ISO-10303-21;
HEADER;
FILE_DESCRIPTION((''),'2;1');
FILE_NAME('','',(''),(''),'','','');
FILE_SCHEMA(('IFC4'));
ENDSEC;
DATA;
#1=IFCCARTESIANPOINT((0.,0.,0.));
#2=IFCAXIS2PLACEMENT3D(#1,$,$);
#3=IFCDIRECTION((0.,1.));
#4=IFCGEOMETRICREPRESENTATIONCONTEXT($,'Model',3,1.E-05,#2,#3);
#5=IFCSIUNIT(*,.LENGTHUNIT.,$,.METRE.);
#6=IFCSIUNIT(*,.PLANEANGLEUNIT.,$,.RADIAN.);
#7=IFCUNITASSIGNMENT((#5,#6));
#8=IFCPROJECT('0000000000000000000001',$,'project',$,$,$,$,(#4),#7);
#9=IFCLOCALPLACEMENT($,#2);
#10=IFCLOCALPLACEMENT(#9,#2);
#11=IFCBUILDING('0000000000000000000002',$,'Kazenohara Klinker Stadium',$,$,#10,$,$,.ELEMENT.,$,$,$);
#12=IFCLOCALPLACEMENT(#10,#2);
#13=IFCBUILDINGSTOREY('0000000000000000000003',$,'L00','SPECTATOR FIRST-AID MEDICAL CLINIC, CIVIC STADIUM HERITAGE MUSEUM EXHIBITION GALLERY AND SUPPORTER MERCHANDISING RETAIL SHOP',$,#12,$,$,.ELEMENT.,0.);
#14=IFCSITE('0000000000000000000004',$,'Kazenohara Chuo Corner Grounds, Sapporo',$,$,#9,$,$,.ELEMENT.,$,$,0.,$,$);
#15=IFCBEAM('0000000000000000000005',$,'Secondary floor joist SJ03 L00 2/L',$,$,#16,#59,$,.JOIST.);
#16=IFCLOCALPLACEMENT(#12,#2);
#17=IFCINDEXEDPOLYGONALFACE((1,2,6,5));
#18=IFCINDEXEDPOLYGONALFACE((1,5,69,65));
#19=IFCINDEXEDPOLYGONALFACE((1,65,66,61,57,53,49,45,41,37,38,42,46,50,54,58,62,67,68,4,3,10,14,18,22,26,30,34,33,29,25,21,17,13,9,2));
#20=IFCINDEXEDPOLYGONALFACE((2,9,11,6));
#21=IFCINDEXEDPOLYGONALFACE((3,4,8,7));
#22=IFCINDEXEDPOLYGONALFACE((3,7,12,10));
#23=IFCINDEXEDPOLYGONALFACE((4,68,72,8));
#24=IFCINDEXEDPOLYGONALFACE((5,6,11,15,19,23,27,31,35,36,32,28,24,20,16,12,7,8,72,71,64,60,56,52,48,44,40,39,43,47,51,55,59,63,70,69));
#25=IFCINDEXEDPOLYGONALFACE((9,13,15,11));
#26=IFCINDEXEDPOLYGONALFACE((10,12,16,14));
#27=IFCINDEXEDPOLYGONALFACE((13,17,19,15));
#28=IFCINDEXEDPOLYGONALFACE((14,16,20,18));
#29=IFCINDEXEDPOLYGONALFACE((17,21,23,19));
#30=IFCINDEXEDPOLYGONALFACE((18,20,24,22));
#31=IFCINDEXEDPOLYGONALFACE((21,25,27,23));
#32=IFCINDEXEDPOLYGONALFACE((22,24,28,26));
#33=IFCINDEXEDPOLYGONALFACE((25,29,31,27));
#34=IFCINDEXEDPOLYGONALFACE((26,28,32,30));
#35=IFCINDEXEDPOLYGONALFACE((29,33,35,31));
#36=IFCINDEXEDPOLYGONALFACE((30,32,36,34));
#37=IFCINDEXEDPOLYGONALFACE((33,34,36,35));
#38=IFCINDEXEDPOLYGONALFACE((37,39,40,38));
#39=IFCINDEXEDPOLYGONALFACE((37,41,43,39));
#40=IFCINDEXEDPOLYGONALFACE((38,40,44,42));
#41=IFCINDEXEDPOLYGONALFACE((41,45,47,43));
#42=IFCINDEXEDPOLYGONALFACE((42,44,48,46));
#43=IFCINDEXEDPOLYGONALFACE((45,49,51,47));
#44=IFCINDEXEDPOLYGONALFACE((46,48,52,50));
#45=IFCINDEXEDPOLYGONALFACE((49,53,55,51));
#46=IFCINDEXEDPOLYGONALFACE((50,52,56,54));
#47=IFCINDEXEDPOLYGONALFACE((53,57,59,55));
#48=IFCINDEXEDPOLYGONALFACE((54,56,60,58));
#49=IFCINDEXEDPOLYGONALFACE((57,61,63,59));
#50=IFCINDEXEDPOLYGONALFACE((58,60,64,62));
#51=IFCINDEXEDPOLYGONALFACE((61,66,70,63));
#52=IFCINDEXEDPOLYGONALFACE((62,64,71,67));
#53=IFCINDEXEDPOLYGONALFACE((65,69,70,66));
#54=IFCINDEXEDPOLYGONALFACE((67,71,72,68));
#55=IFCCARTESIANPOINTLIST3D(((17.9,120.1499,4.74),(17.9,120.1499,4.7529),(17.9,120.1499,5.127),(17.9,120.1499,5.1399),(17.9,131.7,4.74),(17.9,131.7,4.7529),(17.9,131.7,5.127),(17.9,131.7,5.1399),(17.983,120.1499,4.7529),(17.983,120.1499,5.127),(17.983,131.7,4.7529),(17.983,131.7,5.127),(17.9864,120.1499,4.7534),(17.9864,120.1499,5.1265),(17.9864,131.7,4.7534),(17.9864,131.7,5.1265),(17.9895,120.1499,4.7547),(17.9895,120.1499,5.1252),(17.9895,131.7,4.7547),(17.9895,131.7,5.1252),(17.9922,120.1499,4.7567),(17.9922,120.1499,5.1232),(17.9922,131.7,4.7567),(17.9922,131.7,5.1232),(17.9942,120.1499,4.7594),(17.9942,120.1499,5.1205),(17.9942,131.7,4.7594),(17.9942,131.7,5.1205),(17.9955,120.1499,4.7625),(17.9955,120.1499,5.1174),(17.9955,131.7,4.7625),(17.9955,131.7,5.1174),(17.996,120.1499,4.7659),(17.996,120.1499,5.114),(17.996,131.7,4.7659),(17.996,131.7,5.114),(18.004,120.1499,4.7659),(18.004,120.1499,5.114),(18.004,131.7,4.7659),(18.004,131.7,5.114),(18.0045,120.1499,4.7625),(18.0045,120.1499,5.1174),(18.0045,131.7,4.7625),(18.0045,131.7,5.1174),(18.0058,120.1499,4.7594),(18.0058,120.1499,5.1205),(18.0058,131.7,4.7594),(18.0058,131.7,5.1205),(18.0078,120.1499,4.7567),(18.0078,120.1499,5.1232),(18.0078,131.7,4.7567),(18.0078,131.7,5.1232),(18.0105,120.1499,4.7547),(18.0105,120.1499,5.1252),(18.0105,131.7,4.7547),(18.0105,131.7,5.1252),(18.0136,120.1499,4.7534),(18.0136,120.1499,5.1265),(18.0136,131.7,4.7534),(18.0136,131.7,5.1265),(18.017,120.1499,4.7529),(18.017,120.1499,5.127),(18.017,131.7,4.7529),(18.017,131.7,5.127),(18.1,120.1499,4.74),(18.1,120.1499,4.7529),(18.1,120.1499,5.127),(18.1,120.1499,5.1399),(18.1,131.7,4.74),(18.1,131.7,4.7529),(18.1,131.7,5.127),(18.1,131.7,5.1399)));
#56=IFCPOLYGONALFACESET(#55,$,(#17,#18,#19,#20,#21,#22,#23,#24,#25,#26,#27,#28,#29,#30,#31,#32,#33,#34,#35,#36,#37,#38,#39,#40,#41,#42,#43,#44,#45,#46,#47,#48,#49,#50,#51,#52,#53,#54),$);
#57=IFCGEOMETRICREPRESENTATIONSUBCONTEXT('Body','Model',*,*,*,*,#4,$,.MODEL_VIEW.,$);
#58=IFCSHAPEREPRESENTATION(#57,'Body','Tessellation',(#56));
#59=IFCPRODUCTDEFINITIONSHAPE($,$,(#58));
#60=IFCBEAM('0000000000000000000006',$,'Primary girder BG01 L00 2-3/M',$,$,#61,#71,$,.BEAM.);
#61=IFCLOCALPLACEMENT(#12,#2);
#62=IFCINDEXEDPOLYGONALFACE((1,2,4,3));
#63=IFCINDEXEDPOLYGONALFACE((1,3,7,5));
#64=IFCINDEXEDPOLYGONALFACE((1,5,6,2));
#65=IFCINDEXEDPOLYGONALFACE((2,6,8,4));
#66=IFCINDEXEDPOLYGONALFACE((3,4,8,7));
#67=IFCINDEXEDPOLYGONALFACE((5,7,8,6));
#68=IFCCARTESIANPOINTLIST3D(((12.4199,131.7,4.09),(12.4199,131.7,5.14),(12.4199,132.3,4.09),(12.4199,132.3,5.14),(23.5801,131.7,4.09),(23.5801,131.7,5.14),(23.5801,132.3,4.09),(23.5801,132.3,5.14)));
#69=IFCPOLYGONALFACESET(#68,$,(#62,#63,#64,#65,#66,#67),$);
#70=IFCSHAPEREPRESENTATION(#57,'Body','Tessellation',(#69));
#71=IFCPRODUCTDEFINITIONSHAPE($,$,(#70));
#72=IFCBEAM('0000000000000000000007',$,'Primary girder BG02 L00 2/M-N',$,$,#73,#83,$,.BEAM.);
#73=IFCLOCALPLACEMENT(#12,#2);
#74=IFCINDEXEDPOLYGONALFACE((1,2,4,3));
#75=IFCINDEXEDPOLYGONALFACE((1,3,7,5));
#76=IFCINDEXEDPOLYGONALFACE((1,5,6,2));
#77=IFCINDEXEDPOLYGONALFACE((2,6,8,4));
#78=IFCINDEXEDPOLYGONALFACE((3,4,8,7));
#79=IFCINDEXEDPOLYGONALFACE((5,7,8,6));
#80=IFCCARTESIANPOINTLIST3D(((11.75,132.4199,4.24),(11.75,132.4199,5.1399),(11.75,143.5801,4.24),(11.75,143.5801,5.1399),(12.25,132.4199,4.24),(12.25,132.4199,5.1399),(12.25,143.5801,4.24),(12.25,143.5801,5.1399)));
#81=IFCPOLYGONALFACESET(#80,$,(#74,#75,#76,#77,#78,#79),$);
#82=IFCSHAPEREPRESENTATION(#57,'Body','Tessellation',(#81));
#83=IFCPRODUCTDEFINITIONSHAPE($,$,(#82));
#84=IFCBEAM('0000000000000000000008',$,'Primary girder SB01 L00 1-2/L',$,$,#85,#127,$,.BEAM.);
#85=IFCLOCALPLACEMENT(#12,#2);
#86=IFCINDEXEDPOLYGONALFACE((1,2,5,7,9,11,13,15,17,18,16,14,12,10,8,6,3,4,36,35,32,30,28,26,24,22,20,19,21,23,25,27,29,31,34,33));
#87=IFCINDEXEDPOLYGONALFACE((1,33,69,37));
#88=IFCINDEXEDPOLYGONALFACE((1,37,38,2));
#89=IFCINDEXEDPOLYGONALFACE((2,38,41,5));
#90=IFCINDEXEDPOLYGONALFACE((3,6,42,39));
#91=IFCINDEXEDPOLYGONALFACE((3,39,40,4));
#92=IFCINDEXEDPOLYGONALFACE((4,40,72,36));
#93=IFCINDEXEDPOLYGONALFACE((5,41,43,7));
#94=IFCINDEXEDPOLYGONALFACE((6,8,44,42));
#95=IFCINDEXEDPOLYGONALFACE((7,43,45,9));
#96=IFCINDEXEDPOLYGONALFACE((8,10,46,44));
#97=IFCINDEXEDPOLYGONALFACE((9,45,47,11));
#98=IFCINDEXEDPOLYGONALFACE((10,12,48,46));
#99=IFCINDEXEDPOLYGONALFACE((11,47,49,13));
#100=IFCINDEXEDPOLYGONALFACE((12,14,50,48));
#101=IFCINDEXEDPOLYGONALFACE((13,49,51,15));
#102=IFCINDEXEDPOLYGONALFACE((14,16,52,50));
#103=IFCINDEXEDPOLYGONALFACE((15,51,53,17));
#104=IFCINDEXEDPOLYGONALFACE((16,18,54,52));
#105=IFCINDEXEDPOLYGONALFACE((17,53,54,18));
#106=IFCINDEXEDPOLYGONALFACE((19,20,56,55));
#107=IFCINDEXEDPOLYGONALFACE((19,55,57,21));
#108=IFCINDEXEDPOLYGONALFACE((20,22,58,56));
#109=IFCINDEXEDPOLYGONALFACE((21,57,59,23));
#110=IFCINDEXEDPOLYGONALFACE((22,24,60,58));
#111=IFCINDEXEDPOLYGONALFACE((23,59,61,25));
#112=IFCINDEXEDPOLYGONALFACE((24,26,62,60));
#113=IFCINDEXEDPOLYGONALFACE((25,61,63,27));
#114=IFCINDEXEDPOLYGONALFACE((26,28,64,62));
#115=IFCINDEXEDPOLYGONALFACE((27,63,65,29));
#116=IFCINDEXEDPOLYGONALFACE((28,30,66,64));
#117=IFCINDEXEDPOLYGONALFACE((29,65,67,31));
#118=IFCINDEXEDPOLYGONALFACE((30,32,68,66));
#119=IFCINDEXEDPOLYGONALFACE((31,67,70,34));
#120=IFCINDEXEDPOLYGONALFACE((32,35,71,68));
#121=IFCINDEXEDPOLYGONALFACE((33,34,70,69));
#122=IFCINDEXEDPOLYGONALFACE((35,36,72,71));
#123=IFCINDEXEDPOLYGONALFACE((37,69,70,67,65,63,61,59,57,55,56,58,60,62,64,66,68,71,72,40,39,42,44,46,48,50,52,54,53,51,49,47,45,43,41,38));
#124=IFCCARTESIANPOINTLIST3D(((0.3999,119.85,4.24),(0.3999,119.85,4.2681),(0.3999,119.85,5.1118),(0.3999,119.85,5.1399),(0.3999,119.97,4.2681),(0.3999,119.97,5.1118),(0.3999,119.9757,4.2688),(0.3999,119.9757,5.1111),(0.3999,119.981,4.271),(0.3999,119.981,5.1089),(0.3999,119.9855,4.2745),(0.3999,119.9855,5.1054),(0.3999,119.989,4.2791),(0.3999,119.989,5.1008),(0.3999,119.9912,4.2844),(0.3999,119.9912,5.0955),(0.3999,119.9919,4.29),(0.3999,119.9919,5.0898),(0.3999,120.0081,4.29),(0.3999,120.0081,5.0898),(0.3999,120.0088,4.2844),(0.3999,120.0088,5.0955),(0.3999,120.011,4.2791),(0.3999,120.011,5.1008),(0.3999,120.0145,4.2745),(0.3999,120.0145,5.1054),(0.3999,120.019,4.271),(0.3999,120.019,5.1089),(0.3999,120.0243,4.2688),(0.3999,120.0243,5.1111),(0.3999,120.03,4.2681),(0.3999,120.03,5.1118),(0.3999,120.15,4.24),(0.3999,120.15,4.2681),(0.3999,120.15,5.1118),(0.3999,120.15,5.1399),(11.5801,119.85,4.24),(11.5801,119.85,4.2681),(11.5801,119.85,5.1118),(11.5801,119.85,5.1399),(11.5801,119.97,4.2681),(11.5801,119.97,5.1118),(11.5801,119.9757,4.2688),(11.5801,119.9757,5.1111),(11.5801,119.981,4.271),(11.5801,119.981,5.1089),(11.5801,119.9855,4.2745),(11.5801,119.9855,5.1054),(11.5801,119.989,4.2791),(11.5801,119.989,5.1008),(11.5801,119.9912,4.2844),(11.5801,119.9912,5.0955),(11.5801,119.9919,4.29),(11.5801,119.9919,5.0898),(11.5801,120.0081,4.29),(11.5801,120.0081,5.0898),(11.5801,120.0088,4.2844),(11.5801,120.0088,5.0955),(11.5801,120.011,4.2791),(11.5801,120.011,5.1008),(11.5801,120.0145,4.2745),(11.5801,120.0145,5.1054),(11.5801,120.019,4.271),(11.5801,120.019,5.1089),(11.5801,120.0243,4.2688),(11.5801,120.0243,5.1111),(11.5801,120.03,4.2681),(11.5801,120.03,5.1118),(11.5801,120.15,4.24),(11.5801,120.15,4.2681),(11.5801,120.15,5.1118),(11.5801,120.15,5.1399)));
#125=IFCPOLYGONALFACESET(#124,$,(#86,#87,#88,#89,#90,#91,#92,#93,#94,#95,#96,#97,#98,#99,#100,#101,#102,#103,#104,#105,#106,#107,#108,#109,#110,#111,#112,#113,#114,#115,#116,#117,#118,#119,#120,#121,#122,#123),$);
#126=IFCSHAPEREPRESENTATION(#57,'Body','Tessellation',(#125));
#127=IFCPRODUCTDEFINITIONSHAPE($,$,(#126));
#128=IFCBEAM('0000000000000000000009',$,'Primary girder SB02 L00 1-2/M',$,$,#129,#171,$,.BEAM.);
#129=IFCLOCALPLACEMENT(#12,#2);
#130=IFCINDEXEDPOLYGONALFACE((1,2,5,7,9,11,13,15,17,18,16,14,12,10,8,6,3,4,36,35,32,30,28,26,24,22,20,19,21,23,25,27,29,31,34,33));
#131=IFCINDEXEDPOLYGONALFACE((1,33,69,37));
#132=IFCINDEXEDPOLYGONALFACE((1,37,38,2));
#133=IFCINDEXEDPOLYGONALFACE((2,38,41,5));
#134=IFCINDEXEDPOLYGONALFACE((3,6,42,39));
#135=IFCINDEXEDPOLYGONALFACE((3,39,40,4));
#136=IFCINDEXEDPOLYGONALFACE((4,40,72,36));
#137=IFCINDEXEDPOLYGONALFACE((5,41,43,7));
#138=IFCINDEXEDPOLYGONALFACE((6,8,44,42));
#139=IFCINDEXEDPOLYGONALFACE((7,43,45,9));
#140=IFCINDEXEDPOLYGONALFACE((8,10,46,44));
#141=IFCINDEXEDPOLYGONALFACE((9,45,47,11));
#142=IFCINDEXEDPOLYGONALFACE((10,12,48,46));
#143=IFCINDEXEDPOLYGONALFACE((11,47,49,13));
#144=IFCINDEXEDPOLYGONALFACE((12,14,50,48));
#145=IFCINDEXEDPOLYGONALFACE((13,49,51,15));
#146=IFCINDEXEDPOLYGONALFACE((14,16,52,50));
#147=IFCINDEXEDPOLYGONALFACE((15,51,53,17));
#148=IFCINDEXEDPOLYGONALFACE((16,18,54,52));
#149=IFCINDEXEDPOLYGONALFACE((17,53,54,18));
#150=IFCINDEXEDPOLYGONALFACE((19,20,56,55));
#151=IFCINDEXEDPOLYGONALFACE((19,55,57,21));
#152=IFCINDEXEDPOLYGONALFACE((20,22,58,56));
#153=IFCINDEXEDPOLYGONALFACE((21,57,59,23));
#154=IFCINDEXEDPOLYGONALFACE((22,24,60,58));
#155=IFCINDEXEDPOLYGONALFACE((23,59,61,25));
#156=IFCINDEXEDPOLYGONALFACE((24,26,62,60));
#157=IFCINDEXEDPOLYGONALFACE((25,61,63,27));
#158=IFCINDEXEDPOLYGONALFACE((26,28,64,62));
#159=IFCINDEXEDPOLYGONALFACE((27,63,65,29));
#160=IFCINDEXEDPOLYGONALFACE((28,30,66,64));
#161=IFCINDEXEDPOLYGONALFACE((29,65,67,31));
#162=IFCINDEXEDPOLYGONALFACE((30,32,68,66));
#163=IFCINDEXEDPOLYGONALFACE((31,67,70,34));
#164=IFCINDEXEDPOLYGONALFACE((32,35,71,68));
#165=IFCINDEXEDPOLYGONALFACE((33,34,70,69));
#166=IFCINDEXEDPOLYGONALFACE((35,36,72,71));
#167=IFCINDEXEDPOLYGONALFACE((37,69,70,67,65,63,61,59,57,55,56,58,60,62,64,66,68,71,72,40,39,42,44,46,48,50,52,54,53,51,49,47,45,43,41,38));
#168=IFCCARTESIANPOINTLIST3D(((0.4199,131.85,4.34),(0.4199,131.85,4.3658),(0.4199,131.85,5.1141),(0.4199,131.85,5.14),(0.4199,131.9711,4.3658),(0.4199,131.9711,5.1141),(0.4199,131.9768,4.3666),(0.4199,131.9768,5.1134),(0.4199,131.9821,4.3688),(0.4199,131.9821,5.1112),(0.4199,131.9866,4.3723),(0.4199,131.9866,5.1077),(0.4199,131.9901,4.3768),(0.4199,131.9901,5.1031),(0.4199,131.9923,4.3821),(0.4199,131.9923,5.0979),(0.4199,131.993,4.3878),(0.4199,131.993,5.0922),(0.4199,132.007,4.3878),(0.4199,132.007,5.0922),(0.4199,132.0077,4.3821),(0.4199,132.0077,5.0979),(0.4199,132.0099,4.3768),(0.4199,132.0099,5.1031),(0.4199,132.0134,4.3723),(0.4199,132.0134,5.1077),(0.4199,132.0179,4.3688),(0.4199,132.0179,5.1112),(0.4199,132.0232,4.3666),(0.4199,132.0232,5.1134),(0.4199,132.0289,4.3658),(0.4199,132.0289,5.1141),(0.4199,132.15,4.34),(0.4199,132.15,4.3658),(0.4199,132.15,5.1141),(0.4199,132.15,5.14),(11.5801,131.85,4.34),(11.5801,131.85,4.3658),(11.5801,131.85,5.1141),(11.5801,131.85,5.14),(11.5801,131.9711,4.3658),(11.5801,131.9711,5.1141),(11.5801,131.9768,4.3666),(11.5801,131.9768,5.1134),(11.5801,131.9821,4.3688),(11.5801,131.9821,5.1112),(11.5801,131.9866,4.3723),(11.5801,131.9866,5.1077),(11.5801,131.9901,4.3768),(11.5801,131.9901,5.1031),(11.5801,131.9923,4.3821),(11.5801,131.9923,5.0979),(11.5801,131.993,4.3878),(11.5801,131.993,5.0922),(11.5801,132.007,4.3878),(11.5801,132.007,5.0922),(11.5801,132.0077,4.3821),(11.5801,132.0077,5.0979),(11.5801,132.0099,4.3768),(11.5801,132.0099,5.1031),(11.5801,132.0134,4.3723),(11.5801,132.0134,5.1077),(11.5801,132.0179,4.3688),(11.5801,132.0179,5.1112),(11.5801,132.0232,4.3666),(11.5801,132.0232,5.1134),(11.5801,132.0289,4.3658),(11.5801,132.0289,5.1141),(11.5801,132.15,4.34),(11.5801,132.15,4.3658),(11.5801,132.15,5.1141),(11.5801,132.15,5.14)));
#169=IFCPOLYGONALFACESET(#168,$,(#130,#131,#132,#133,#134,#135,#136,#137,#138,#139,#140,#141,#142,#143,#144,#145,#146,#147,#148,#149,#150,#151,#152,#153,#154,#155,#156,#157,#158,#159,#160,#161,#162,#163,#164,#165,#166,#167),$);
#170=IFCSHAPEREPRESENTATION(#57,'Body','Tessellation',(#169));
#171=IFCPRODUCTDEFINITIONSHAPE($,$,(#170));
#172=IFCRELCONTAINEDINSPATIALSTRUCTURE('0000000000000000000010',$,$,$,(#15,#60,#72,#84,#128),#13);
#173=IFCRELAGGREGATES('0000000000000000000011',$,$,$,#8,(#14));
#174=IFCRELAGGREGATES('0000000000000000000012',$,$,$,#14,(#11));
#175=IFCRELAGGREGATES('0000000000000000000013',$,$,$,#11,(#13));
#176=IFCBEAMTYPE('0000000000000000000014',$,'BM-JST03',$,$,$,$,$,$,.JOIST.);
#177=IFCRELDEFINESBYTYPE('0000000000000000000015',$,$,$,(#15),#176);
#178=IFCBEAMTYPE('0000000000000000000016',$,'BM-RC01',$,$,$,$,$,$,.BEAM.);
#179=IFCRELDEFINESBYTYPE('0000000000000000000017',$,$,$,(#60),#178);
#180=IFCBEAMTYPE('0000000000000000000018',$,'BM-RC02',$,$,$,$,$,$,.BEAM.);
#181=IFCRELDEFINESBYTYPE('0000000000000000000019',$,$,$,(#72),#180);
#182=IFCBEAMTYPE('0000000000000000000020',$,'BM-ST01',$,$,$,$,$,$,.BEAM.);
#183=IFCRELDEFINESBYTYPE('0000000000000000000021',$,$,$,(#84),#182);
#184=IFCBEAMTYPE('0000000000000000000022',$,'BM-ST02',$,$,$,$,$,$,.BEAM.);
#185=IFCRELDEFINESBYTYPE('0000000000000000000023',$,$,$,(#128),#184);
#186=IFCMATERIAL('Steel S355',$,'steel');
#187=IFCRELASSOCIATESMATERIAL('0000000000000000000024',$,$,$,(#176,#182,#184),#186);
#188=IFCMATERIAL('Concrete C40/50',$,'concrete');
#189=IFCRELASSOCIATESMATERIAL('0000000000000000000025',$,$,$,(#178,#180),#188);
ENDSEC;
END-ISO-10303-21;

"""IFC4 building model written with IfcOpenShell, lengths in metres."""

from ifc_helpers import new_model, si_unit, direction, frame, origin, origin_2d, place, context, subcontext, project, spatial, rectangle, i_section, extrude, material, material_profile, profile_set, type_object, element, save


model = new_model("IFC4")

# Units and contexts
model_context = context("Model", 3, precision=1e-05, world=origin(), true_north=direction((0.0, 1.0)))
body_context = subcontext(model_context, "Body", "Model", "MODEL_VIEW")
ifc_project = project(units=[si_unit("LENGTHUNIT", "METRE"), si_unit("PLANEANGLEUNIT", "RADIAN")], contexts=[model_context])

# Site, building, storey
site_placement = place(None, origin())
site = spatial("IfcSite", under=ifc_project, at=site_placement, Name="Kazenohara Chuo Corner Grounds, Sapporo", CompositionType="ELEMENT", RefElevation=0.0)
building_placement = place(site_placement, origin())
building = spatial("IfcBuilding", under=site, at=building_placement, Name="Kazenohara Klinker Stadium", CompositionType="ELEMENT")
storey_placement = place(building_placement, origin())
storey = spatial("IfcBuildingStorey", under=building, at=storey_placement, Name="L00", Description="SPECTATOR FIRST-AID MEDICAL CLINIC, CIVIC STADIUM HERITAGE MUSEUM EXHIBITION GALLERY AND SUPPORTER MERCHANDISING RETAIL SHOP", CompositionType="ELEMENT", Elevation=0.0)

# Shared definitions
ifc_material_1 = material(Name="Concrete C40/50", Category="concrete")

# Beams
ifc_material_2 = material(Name="Steel S355", Category="steel")
ifc_material_profile_1 = material_profile(ifc_material_2, i_section(OverallWidth=0.2, OverallDepth=0.3999, WebThickness=0.0081, FlangeThickness=0.0129, FilletRadius=0.0129, at=origin_2d()), Name="H-400x200x8x13")
ifc_profile_set_1 = profile_set([ifc_material_profile_1], Name="Steel S355")
beam_type_1 = type_object("IfcBeamType", Name="BM-JST03", PredefinedType="JOIST", material=ifc_profile_set_1)
beam_1_placement = place(storey_placement, frame((18.0, 120.1499, 4.9399), z_axis=(0.0, 1.0, 0.0), x_axis=(-1.0, 0.0, 0.0)))
element("IfcBeam", 1, at=beam_1_placement, inside=storey, type_object=beam_type_1, Name="Secondary floor joist SJ03 L00 2/L", PredefinedType="JOIST", context=body_context, shape_type="SweptSolid", body=[
    extrude(i_section(OverallWidth=0.2, OverallDepth=0.3999, WebThickness=0.0081, FlangeThickness=0.0129, FilletRadius=0.0129, at=origin_2d()), origin(), (0.0, 0.0, 1.0), 11.55),
])
ifc_material_profile_2 = material_profile(ifc_material_1, rectangle(XDim=0.6001, YDim=1.05, at=origin_2d()), Name="RC-BM-600x1050")
ifc_profile_set_2 = profile_set([ifc_material_profile_2], Name="Concrete C40/50")
beam_type_2 = type_object("IfcBeamType", Name="BM-RC01", PredefinedType="BEAM", material=ifc_profile_set_2)
beam_2_placement = place(storey_placement, frame((12.4199, 132.0, 4.615), z_axis=(1.0, 0.0, 0.0), x_axis=(0.0, 1.0, 0.0)))
element("IfcBeam", 2, at=beam_2_placement, inside=storey, type_object=beam_type_2, Name="Primary girder BG01 L00 2-3/M", PredefinedType="BEAM", context=body_context, shape_type="SweptSolid", body=[
    extrude(rectangle(XDim=0.6001, YDim=1.05, at=origin_2d()), origin(), (0.0, 0.0, 1.0), 11.1602),
])
ifc_material_profile_3 = material_profile(ifc_material_1, rectangle(XDim=0.5, YDim=0.8999, at=origin_2d()), Name="RC-BM-500x900")
ifc_profile_set_3 = profile_set([ifc_material_profile_3], Name="Concrete C40/50")
beam_type_3 = type_object("IfcBeamType", Name="BM-RC02", PredefinedType="BEAM", material=ifc_profile_set_3)
beam_3_placement = place(storey_placement, frame((12.0, 132.4199, 4.6899), z_axis=(0.0, 1.0, 0.0), x_axis=(-1.0, 0.0, 0.0)))
element("IfcBeam", 3, at=beam_3_placement, inside=storey, type_object=beam_type_3, Name="Primary girder BG02 L00 2/M-N", PredefinedType="BEAM", context=body_context, shape_type="SweptSolid", body=[
    extrude(rectangle(XDim=0.5, YDim=0.8999, at=origin_2d()), origin(), (0.0, 0.0, 1.0), 11.1602),
])
ifc_material_profile_4 = material_profile(ifc_material_2, i_section(OverallWidth=0.3, OverallDepth=0.8999, WebThickness=0.0161, FlangeThickness=0.0281, FilletRadius=0.022, at=origin_2d()), Name="H-900x300x16x28")
ifc_profile_set_4 = profile_set([ifc_material_profile_4], Name="Steel S355")
beam_type_4 = type_object("IfcBeamType", Name="BM-ST01", PredefinedType="BEAM", material=ifc_profile_set_4)
beam_4_placement = place(storey_placement, frame((0.3999, 120.0, 4.6899), z_axis=(1.0, 0.0, 0.0), x_axis=(0.0, 1.0, 0.0)))
element("IfcBeam", 4, at=beam_4_placement, inside=storey, type_object=beam_type_4, Name="Primary girder SB01 L00 1-2/L", PredefinedType="BEAM", context=body_context, shape_type="SweptSolid", body=[
    extrude(i_section(OverallWidth=0.3, OverallDepth=0.8999, WebThickness=0.0161, FlangeThickness=0.0281, FilletRadius=0.022, at=origin_2d()), origin(), (0.0, 0.0, 1.0), 11.1802),
])
ifc_material_profile_5 = material_profile(ifc_material_2, i_section(OverallWidth=0.3, OverallDepth=0.8, WebThickness=0.0139, FlangeThickness=0.0259, FilletRadius=0.022, at=origin_2d()), Name="H-800x300x14x26")
ifc_profile_set_5 = profile_set([ifc_material_profile_5], Name="Steel S355")
beam_type_5 = type_object("IfcBeamType", Name="BM-ST02", PredefinedType="BEAM", material=ifc_profile_set_5)
for number, where, z_axis, x_axis, name in (
    (5, (0.4199, 132.0, 4.74), (1.0, 0.0, 0.0), (0.0, 1.0, 0.0), "Primary girder SB02 L00 1-2/M"),
):
    element("IfcBeam", number, at=place(storey_placement, frame(where, z_axis=z_axis, x_axis=x_axis)), inside=storey, type_object=beam_type_5, Name=name, PredefinedType="BEAM", context=body_context, shape_type="SweptSolid", body=[
        extrude(i_section(OverallWidth=0.3, OverallDepth=0.8, WebThickness=0.0139, FlangeThickness=0.0259, FilletRadius=0.022, at=origin_2d()), origin(), (0.0, 0.0, 1.0), 11.1602),
    ])

save(model, "model.ifc")
